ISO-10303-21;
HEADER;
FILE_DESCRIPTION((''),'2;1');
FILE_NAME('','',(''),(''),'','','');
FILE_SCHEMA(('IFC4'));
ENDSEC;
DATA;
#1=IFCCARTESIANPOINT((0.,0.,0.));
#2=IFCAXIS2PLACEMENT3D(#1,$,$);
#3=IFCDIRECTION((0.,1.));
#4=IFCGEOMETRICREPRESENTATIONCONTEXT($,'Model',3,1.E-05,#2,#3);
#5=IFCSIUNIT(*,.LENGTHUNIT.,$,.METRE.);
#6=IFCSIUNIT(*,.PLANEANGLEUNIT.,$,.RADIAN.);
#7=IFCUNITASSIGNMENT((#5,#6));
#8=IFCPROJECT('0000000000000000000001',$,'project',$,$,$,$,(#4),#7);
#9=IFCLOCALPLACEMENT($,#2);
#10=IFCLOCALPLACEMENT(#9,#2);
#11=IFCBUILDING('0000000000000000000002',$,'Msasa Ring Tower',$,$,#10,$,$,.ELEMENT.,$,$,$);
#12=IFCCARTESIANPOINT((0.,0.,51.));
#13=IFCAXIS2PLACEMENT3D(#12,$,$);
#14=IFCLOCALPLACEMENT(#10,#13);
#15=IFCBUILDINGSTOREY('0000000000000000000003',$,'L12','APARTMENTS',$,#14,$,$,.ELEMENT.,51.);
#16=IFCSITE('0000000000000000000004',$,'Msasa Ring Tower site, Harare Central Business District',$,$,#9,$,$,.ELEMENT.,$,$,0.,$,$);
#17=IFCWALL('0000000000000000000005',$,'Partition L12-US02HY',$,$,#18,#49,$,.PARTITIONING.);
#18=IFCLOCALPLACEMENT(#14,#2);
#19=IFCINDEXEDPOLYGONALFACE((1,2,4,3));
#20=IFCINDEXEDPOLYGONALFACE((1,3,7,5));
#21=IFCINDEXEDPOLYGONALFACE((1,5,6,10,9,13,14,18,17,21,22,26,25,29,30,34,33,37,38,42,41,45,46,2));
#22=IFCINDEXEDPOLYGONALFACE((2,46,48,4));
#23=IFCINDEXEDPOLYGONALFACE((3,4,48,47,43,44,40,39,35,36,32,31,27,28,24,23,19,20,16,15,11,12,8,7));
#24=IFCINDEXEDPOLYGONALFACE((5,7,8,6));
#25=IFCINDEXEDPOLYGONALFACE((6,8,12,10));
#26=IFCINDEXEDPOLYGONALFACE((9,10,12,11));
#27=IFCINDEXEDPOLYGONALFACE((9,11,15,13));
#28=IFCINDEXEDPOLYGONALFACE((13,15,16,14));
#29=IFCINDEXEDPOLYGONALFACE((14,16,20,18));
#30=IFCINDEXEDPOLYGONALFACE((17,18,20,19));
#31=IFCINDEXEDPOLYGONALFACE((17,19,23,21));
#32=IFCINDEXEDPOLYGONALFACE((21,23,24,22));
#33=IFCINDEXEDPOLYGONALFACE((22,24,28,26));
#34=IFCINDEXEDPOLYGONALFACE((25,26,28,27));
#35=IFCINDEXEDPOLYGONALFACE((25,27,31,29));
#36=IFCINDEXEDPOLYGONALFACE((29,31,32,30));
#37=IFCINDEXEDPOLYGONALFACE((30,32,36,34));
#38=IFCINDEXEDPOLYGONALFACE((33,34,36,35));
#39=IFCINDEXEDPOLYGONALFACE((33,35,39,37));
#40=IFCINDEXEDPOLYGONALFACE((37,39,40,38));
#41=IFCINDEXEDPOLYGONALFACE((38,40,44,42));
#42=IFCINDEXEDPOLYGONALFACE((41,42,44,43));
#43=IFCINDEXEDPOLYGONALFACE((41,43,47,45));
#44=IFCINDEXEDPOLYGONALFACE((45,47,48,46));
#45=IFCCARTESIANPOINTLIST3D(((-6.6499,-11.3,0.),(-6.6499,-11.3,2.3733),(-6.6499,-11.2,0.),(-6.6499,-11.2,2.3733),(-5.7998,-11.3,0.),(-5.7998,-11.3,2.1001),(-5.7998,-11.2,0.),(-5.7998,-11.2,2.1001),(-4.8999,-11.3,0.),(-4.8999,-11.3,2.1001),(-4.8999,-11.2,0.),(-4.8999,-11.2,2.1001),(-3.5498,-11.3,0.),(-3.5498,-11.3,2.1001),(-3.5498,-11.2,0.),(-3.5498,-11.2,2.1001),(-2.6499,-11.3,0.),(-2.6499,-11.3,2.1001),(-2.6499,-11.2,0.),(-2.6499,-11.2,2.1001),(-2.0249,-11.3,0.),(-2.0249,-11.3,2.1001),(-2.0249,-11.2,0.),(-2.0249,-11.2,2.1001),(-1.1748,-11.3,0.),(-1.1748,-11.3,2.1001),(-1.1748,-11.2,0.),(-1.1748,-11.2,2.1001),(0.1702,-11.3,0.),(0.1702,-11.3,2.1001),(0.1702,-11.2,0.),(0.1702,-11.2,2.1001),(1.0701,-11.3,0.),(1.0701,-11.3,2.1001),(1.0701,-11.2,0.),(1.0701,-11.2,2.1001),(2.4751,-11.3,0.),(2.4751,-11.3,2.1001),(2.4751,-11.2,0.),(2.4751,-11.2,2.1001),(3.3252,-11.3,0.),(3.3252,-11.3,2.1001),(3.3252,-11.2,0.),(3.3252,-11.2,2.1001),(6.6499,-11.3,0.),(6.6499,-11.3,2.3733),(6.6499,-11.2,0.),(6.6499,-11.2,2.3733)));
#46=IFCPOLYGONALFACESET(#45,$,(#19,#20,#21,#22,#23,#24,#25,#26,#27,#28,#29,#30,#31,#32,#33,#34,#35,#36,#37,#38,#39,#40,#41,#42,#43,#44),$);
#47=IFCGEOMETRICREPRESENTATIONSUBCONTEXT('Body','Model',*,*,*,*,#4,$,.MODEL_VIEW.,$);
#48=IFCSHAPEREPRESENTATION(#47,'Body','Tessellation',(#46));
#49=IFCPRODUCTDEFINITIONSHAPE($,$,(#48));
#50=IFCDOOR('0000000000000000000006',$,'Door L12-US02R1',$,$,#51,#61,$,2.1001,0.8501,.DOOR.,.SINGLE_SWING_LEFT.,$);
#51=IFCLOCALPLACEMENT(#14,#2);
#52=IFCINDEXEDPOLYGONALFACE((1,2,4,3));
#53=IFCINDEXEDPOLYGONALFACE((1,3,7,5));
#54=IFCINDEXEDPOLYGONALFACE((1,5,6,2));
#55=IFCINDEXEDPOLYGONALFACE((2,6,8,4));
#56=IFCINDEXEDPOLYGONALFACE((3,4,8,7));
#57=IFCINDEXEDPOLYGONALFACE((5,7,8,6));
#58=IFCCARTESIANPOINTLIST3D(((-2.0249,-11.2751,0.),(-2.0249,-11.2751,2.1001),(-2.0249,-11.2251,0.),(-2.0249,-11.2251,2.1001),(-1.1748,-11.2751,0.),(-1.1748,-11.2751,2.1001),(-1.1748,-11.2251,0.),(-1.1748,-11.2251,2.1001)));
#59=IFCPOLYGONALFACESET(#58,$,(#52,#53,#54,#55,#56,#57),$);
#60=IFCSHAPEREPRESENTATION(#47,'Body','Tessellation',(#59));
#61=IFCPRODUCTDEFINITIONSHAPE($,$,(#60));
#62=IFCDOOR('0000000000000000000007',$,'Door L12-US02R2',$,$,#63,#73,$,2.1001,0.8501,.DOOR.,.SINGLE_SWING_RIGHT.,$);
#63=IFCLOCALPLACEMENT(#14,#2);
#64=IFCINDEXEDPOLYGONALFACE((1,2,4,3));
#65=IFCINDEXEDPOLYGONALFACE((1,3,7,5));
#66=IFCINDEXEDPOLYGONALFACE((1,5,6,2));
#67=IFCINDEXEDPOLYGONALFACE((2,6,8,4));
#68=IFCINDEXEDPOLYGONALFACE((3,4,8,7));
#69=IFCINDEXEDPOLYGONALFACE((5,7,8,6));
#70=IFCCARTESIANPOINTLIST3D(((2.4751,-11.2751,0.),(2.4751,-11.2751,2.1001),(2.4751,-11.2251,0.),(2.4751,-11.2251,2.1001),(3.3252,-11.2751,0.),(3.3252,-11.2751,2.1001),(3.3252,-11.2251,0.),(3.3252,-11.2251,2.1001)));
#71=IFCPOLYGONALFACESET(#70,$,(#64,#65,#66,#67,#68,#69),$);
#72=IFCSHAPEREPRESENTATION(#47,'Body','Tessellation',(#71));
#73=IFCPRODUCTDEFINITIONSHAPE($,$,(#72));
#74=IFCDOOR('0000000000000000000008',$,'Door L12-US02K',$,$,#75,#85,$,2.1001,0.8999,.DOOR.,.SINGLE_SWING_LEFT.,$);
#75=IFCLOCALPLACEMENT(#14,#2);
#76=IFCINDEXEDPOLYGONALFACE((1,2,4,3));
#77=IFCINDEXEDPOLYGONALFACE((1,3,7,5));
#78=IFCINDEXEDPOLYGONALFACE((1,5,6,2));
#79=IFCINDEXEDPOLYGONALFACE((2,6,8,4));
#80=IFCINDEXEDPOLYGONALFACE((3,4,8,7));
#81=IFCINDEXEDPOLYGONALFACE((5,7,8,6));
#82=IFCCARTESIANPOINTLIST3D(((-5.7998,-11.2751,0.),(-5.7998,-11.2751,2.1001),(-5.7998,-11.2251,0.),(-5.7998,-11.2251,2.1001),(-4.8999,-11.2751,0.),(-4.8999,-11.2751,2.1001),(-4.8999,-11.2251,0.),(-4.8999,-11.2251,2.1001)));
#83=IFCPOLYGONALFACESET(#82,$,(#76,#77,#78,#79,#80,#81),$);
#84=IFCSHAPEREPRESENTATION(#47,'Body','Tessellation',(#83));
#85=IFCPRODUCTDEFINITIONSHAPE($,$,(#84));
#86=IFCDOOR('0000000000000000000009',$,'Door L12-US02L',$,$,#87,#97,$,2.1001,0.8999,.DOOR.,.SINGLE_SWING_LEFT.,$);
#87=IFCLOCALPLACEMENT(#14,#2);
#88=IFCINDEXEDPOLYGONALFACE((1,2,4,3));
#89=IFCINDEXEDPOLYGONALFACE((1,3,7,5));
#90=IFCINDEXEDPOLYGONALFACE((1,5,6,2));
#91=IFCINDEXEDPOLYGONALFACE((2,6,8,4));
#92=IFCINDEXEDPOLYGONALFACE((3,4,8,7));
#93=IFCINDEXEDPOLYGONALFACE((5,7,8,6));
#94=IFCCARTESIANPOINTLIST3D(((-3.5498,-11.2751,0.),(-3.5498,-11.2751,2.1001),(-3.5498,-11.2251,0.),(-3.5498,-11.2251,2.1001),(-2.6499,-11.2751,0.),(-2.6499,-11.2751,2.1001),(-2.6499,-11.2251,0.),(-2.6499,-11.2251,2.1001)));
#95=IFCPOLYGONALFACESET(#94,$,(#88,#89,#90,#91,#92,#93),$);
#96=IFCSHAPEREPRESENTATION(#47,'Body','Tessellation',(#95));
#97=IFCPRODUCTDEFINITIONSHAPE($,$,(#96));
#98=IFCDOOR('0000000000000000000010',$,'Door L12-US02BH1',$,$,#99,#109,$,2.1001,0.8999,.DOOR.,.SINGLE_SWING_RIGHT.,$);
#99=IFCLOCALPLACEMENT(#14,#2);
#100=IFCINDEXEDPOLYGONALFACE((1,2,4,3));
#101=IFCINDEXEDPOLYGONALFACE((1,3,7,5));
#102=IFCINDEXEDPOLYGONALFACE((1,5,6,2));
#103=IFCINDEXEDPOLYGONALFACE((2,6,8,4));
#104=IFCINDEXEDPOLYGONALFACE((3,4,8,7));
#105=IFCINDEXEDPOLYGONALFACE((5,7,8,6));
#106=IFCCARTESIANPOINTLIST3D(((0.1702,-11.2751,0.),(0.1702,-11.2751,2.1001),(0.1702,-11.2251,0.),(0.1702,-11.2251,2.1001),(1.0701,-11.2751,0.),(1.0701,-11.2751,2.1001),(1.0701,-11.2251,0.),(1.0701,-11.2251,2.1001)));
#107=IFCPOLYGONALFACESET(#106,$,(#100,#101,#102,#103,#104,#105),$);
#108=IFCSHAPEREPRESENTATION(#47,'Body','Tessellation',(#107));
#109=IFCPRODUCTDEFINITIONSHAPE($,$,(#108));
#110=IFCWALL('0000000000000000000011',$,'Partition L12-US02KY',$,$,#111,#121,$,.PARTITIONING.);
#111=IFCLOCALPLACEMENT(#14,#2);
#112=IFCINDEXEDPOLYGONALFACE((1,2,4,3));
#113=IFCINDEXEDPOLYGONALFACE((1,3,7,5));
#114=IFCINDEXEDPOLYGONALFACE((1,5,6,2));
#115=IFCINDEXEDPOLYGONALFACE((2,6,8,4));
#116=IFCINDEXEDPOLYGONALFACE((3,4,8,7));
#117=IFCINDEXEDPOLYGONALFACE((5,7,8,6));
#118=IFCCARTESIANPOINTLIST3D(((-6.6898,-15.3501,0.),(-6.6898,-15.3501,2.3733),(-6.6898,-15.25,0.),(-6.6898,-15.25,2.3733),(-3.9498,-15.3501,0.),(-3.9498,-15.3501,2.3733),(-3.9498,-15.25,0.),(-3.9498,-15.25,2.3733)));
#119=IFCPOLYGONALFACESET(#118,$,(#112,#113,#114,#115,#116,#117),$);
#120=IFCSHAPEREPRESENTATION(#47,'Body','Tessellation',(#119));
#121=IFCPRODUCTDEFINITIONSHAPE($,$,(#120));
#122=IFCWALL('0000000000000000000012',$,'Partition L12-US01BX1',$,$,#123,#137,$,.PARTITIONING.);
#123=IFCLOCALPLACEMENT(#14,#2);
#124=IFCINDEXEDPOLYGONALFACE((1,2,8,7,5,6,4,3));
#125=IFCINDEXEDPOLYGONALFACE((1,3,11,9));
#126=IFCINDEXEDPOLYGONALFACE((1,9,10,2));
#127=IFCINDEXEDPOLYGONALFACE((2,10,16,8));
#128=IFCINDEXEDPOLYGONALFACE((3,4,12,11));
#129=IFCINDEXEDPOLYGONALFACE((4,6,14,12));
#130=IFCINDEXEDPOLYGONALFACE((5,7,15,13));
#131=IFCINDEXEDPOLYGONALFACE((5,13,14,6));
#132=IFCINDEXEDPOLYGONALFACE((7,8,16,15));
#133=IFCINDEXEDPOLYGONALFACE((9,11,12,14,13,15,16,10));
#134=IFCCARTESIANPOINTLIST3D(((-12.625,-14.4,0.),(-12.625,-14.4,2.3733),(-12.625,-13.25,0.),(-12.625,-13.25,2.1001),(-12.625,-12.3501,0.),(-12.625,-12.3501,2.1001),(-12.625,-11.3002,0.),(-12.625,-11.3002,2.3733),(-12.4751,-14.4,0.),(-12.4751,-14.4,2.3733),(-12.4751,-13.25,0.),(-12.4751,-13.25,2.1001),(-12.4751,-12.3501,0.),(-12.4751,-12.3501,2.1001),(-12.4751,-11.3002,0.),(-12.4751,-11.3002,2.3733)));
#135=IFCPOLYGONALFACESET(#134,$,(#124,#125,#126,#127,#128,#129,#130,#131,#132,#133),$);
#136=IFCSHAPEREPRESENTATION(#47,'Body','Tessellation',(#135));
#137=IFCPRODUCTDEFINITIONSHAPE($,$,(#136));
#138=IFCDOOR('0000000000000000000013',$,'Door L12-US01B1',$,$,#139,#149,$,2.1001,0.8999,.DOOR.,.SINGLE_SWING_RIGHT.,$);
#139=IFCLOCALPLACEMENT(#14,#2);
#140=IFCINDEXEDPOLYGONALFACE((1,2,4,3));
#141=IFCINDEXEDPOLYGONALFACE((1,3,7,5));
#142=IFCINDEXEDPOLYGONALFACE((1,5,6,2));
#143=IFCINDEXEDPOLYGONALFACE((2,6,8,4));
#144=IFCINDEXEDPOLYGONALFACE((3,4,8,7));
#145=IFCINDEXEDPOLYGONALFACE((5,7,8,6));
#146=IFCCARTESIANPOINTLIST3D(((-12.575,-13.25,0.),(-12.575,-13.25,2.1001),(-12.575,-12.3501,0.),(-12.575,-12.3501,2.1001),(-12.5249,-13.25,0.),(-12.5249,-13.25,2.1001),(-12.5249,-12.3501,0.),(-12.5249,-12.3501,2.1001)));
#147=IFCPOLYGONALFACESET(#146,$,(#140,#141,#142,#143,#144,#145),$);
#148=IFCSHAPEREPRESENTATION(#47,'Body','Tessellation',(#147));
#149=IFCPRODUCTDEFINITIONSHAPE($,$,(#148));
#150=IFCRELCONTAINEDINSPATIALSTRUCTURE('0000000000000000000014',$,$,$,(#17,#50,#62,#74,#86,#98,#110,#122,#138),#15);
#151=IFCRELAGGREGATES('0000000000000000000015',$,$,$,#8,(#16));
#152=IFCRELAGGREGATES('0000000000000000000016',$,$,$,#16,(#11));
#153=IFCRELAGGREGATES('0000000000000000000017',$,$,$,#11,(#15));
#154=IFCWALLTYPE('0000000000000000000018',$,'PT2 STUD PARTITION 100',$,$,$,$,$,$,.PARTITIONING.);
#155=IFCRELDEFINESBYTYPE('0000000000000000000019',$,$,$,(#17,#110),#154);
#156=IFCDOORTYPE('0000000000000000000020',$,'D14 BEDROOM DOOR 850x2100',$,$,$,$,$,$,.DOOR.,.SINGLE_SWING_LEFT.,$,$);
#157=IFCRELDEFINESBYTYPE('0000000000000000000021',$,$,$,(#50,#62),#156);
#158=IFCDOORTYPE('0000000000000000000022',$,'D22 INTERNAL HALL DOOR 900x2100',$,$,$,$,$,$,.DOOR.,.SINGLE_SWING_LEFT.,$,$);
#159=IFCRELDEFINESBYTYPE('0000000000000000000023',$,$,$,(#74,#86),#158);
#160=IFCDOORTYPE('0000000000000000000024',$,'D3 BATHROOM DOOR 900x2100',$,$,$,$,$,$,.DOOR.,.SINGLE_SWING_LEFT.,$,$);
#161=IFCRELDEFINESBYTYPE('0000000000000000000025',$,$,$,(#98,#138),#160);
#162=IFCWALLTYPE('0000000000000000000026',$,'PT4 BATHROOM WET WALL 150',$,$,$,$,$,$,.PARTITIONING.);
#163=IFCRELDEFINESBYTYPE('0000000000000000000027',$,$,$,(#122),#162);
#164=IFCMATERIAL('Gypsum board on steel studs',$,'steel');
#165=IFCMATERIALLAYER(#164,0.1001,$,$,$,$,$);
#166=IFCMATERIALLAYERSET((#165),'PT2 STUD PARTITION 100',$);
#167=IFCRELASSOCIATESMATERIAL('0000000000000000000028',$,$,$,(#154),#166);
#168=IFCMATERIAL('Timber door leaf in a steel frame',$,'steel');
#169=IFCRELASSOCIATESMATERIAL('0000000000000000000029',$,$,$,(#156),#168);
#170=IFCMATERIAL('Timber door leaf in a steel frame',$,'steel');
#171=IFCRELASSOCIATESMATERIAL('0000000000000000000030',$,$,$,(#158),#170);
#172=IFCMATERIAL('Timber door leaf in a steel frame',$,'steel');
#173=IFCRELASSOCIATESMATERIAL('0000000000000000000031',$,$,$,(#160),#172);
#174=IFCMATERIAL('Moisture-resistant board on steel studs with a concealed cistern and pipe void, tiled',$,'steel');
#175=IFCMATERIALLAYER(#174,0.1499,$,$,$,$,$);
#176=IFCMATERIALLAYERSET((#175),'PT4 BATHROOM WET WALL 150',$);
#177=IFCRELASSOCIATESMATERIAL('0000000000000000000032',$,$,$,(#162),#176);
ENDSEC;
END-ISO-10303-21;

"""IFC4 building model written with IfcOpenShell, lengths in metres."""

from ifc_helpers import new_model, si_unit, direction, frame, frame_2d, origin, place, context, subcontext, project, spatial, rectangle, extrude, material, layer, layer_set, type_object, element, fill, save


model = new_model("IFC4")

# Units and contexts
model_context = context("Model", 3, precision=1e-05, world=origin(), true_north=direction((0.0, 1.0)))
body_context = subcontext(model_context, "Body", "Model", "MODEL_VIEW")
ifc_project = project(units=[si_unit("LENGTHUNIT", "METRE"), si_unit("PLANEANGLEUNIT", "RADIAN")], contexts=[model_context])

# Site, building, storey
site_placement = place(None, origin())
site = spatial("IfcSite", under=ifc_project, at=site_placement, Name="Msasa Ring Tower site, Harare Central Business District", CompositionType="ELEMENT", RefElevation=0.0)
building_placement = place(site_placement, origin())
building = spatial("IfcBuilding", under=site, at=building_placement, Name="Msasa Ring Tower", CompositionType="ELEMENT")
storey_placement = place(building_placement, frame((0.0, 0.0, 51.0)))
storey = spatial("IfcBuildingStorey", under=building, at=storey_placement, Name="L12", Description="APARTMENTS", CompositionType="ELEMENT", Elevation=51.0)

# Wall, openings, doors
ifc_material_1 = material(Name="Gypsum board on steel studs", Category="steel")
ifc_layer_1 = layer(ifc_material_1, 0.1001)
ifc_layer_set_1 = layer_set([ifc_layer_1], Name="PT2 STUD PARTITION 100")
wall_type_1 = type_object("IfcWallType", Name="PT2 STUD PARTITION 100", PredefinedType="PARTITIONING", material=ifc_layer_set_1)
ifc_material_2 = material(Name="Timber door leaf in a steel frame", Category="steel")
door_type_1 = type_object("IfcDoorType", Name="D14 BEDROOM DOOR 850x2100", OperationType="SINGLE_SWING_LEFT", PredefinedType="DOOR", material=ifc_material_2)
ifc_material_3 = material(Name="Timber door leaf in a steel frame", Category="steel")
door_type_2 = type_object("IfcDoorType", Name="D22 INTERNAL HALL DOOR 900x2100", OperationType="SINGLE_SWING_LEFT", PredefinedType="DOOR", material=ifc_material_3)
ifc_material_4 = material(Name="Timber door leaf in a steel frame", Category="steel")
door_type_3 = type_object("IfcDoorType", Name="D3 BATHROOM DOOR 900x2100", OperationType="SINGLE_SWING_LEFT", PredefinedType="DOOR", material=ifc_material_4)
wall_1_placement = place(storey_placement, frame((-6.6499, -11.25, 0.0), z_axis=(0.0, 0.0, 1.0), x_axis=(1.0, 0.0, 0.0)))
wall_1 = element("IfcWall", 1, at=wall_1_placement, inside=storey, type_object=wall_type_1, Name="Partition L12-US02HY", PredefinedType="PARTITIONING", context=body_context, shape_type="SweptSolid", body=[
    extrude(rectangle(XDim=13.2998, YDim=0.1001, at=frame_2d((6.6499, 0.0))), origin(), (0.0, 0.0, 1.0), 2.3733),
])
opening_1_placement = place(wall_1_placement, frame((0.8501, 0.0, 0.0)))
opening_1 = element("IfcOpeningElement", 2, at=opening_1_placement, cuts=wall_1, PredefinedType="OPENING", context=body_context, shape_type="SweptSolid", body=[
    extrude(rectangle(XDim=0.8999, YDim=2.1001, at=frame_2d((0.45, 1.05))), frame((0.0, 0.0601, 0.0), z_axis=(0.0, -1.0, 0.0), x_axis=(1.0, 0.0, 0.0)), (0.0, 0.0, 1.0), 0.1201),
])
opening_2_placement = place(wall_1_placement, frame((3.1001, 0.0, 0.0)))
opening_2 = element("IfcOpeningElement", 3, at=opening_2_placement, cuts=wall_1, PredefinedType="OPENING", context=body_context, shape_type="SweptSolid", body=[
    extrude(rectangle(XDim=0.8999, YDim=2.1001, at=frame_2d((0.45, 1.05))), frame((0.0, 0.0601, 0.0), z_axis=(0.0, -1.0, 0.0), x_axis=(1.0, 0.0, 0.0)), (0.0, 0.0, 1.0), 0.1201),
])
opening_3_placement = place(wall_1_placement, frame((4.625, 0.0, 0.0)))
opening_3 = element("IfcOpeningElement", 4, at=opening_3_placement, cuts=wall_1, PredefinedType="OPENING", context=body_context, shape_type="SweptSolid", body=[
    extrude(rectangle(XDim=0.8501, YDim=2.1001, at=frame_2d((0.425, 1.05))), frame((0.0, 0.0601, 0.0), z_axis=(0.0, -1.0, 0.0), x_axis=(1.0, 0.0, 0.0)), (0.0, 0.0, 1.0), 0.1201),
])
opening_4_placement = place(wall_1_placement, frame((6.8201, 0.0, 0.0)))
opening_4 = element("IfcOpeningElement", 5, at=opening_4_placement, cuts=wall_1, PredefinedType="OPENING", context=body_context, shape_type="SweptSolid", body=[
    extrude(rectangle(XDim=0.8999, YDim=2.1001, at=frame_2d((0.45, 1.05))), frame((0.0, 0.0601, 0.0), z_axis=(0.0, -1.0, 0.0), x_axis=(1.0, 0.0, 0.0)), (0.0, 0.0, 1.0), 0.1201),
])
opening_5_placement = place(wall_1_placement, frame((9.125, 0.0, 0.0)))
opening_5 = element("IfcOpeningElement", 6, at=opening_5_placement, cuts=wall_1, PredefinedType="OPENING", context=body_context, shape_type="SweptSolid", body=[
    extrude(rectangle(XDim=0.8501, YDim=2.1001, at=frame_2d((0.425, 1.05))), frame((0.0, 0.0601, 0.0), z_axis=(0.0, -1.0, 0.0), x_axis=(1.0, 0.0, 0.0)), (0.0, 0.0, 1.0), 0.1201),
])
door_1_placement = place(opening_3_placement, origin())
door_1 = element("IfcDoor", 7, at=door_1_placement, inside=storey, type_object=door_type_1, Name="Door L12-US02R1", OperationType="SINGLE_SWING_LEFT", OverallHeight=2.1001, OverallWidth=0.8501, PredefinedType="DOOR", context=body_context, shape_type="SweptSolid", body=[
    extrude(rectangle(XDim=0.8501, YDim=2.1001, at=frame_2d((0.425, 1.05))), frame((0.0, 0.0249, 0.0), z_axis=(0.0, -1.0, 0.0), x_axis=(1.0, 0.0, 0.0)), (0.0, 0.0, 1.0), 0.05),
])
fill(opening_3, door_1)
door_2_placement = place(opening_5_placement, origin())
door_2 = element("IfcDoor", 8, at=door_2_placement, inside=storey, type_object=door_type_1, Name="Door L12-US02R2", OperationType="SINGLE_SWING_RIGHT", OverallHeight=2.1001, OverallWidth=0.8501, PredefinedType="DOOR", context=body_context, shape_type="SweptSolid", body=[
    extrude(rectangle(XDim=0.8501, YDim=2.1001, at=frame_2d((0.425, 1.05))), frame((0.0, 0.0249, 0.0), z_axis=(0.0, -1.0, 0.0), x_axis=(1.0, 0.0, 0.0)), (0.0, 0.0, 1.0), 0.05),
])
fill(opening_5, door_2)
door_3_placement = place(opening_1_placement, origin())
door_3 = element("IfcDoor", 9, at=door_3_placement, inside=storey, type_object=door_type_2, Name="Door L12-US02K", OperationType="SINGLE_SWING_LEFT", OverallHeight=2.1001, OverallWidth=0.8999, PredefinedType="DOOR", context=body_context, shape_type="SweptSolid", body=[
    extrude(rectangle(XDim=0.8999, YDim=2.1001, at=frame_2d((0.45, 1.05))), frame((0.0, 0.0249, 0.0), z_axis=(0.0, -1.0, 0.0), x_axis=(1.0, 0.0, 0.0)), (0.0, 0.0, 1.0), 0.05),
])
fill(opening_1, door_3)
door_4_placement = place(opening_2_placement, origin())
door_4 = element("IfcDoor", 10, at=door_4_placement, inside=storey, type_object=door_type_2, Name="Door L12-US02L", OperationType="SINGLE_SWING_LEFT", OverallHeight=2.1001, OverallWidth=0.8999, PredefinedType="DOOR", context=body_context, shape_type="SweptSolid", body=[
    extrude(rectangle(XDim=0.8999, YDim=2.1001, at=frame_2d((0.45, 1.05))), frame((0.0, 0.0249, 0.0), z_axis=(0.0, -1.0, 0.0), x_axis=(1.0, 0.0, 0.0)), (0.0, 0.0, 1.0), 0.05),
])
fill(opening_2, door_4)
door_5_placement = place(opening_4_placement, origin())
door_5 = element("IfcDoor", 11, at=door_5_placement, inside=storey, type_object=door_type_3, Name="Door L12-US02BH1", OperationType="SINGLE_SWING_RIGHT", OverallHeight=2.1001, OverallWidth=0.8999, PredefinedType="DOOR", context=body_context, shape_type="SweptSolid", body=[
    extrude(rectangle(XDim=0.8999, YDim=2.1001, at=frame_2d((0.45, 1.05))), frame((0.0, 0.0249, 0.0), z_axis=(0.0, -1.0, 0.0), x_axis=(1.0, 0.0, 0.0)), (0.0, 0.0, 1.0), 0.05),
])
fill(opening_4, door_5)

# Wall
wall_2_placement = place(storey_placement, frame((-6.6899, -15.3, 0.0), z_axis=(0.0, 0.0, 1.0), x_axis=(1.0, 0.0, 0.0)))
element("IfcWall", 12, at=wall_2_placement, inside=storey, type_object=wall_type_1, Name="Partition L12-US02KY", PredefinedType="PARTITIONING", context=body_context, shape_type="SweptSolid", body=[
    extrude(rectangle(XDim=2.74, YDim=0.1001, at=frame_2d((1.3701, 0.0))), origin(), (0.0, 0.0, 1.0), 2.3733),
])

# Wall, opening, door
ifc_material_5 = material(Name="Moisture-resistant board on steel studs with a concealed cistern and pipe void, tiled", Category="steel")
ifc_layer_2 = layer(ifc_material_5, 0.1499)
ifc_layer_set_2 = layer_set([ifc_layer_2], Name="PT4 BATHROOM WET WALL 150")
wall_type_2 = type_object("IfcWallType", Name="PT4 BATHROOM WET WALL 150", PredefinedType="PARTITIONING", material=ifc_layer_set_2)
wall_3_placement = place(storey_placement, frame((-12.55, -14.3999, 0.0), z_axis=(0.0, 0.0, 1.0), x_axis=(0.0, 1.0, 0.0)))
wall_3 = element("IfcWall", 13, at=wall_3_placement, inside=storey, type_object=wall_type_2, Name="Partition L12-US01BX1", PredefinedType="PARTITIONING", context=body_context, shape_type="SweptSolid", body=[
    extrude(rectangle(XDim=3.0999, YDim=0.1499, at=frame_2d((1.5498, 0.0))), origin(), (0.0, 0.0, 1.0), 2.3733),
])
opening_6_placement = place(wall_3_placement, frame((1.1499, 0.0, 0.0)))
opening_6 = element("IfcOpeningElement", 14, at=opening_6_placement, cuts=wall_3, PredefinedType="OPENING", context=body_context, shape_type="SweptSolid", body=[
    extrude(rectangle(XDim=0.8999, YDim=2.1001, at=frame_2d((0.45, 1.05))), frame((0.0, 0.085, 0.0), z_axis=(0.0, -1.0, 0.0), x_axis=(1.0, 0.0, 0.0)), (0.0, 0.0, 1.0), 0.1699),
])
door_6_placement = place(opening_6_placement, origin())
door_6 = element("IfcDoor", 15, at=door_6_placement, inside=storey, type_object=door_type_3, Name="Door L12-US01B1", OperationType="SINGLE_SWING_RIGHT", OverallHeight=2.1001, OverallWidth=0.8999, PredefinedType="DOOR", context=body_context, shape_type="SweptSolid", body=[
    extrude(rectangle(XDim=0.8999, YDim=2.1001, at=frame_2d((0.45, 1.05))), frame((0.0, 0.0249, 0.0), z_axis=(0.0, -1.0, 0.0), x_axis=(1.0, 0.0, 0.0)), (0.0, 0.0, 1.0), 0.05),
])
fill(opening_6, door_6)

save(model, "model.ifc")
